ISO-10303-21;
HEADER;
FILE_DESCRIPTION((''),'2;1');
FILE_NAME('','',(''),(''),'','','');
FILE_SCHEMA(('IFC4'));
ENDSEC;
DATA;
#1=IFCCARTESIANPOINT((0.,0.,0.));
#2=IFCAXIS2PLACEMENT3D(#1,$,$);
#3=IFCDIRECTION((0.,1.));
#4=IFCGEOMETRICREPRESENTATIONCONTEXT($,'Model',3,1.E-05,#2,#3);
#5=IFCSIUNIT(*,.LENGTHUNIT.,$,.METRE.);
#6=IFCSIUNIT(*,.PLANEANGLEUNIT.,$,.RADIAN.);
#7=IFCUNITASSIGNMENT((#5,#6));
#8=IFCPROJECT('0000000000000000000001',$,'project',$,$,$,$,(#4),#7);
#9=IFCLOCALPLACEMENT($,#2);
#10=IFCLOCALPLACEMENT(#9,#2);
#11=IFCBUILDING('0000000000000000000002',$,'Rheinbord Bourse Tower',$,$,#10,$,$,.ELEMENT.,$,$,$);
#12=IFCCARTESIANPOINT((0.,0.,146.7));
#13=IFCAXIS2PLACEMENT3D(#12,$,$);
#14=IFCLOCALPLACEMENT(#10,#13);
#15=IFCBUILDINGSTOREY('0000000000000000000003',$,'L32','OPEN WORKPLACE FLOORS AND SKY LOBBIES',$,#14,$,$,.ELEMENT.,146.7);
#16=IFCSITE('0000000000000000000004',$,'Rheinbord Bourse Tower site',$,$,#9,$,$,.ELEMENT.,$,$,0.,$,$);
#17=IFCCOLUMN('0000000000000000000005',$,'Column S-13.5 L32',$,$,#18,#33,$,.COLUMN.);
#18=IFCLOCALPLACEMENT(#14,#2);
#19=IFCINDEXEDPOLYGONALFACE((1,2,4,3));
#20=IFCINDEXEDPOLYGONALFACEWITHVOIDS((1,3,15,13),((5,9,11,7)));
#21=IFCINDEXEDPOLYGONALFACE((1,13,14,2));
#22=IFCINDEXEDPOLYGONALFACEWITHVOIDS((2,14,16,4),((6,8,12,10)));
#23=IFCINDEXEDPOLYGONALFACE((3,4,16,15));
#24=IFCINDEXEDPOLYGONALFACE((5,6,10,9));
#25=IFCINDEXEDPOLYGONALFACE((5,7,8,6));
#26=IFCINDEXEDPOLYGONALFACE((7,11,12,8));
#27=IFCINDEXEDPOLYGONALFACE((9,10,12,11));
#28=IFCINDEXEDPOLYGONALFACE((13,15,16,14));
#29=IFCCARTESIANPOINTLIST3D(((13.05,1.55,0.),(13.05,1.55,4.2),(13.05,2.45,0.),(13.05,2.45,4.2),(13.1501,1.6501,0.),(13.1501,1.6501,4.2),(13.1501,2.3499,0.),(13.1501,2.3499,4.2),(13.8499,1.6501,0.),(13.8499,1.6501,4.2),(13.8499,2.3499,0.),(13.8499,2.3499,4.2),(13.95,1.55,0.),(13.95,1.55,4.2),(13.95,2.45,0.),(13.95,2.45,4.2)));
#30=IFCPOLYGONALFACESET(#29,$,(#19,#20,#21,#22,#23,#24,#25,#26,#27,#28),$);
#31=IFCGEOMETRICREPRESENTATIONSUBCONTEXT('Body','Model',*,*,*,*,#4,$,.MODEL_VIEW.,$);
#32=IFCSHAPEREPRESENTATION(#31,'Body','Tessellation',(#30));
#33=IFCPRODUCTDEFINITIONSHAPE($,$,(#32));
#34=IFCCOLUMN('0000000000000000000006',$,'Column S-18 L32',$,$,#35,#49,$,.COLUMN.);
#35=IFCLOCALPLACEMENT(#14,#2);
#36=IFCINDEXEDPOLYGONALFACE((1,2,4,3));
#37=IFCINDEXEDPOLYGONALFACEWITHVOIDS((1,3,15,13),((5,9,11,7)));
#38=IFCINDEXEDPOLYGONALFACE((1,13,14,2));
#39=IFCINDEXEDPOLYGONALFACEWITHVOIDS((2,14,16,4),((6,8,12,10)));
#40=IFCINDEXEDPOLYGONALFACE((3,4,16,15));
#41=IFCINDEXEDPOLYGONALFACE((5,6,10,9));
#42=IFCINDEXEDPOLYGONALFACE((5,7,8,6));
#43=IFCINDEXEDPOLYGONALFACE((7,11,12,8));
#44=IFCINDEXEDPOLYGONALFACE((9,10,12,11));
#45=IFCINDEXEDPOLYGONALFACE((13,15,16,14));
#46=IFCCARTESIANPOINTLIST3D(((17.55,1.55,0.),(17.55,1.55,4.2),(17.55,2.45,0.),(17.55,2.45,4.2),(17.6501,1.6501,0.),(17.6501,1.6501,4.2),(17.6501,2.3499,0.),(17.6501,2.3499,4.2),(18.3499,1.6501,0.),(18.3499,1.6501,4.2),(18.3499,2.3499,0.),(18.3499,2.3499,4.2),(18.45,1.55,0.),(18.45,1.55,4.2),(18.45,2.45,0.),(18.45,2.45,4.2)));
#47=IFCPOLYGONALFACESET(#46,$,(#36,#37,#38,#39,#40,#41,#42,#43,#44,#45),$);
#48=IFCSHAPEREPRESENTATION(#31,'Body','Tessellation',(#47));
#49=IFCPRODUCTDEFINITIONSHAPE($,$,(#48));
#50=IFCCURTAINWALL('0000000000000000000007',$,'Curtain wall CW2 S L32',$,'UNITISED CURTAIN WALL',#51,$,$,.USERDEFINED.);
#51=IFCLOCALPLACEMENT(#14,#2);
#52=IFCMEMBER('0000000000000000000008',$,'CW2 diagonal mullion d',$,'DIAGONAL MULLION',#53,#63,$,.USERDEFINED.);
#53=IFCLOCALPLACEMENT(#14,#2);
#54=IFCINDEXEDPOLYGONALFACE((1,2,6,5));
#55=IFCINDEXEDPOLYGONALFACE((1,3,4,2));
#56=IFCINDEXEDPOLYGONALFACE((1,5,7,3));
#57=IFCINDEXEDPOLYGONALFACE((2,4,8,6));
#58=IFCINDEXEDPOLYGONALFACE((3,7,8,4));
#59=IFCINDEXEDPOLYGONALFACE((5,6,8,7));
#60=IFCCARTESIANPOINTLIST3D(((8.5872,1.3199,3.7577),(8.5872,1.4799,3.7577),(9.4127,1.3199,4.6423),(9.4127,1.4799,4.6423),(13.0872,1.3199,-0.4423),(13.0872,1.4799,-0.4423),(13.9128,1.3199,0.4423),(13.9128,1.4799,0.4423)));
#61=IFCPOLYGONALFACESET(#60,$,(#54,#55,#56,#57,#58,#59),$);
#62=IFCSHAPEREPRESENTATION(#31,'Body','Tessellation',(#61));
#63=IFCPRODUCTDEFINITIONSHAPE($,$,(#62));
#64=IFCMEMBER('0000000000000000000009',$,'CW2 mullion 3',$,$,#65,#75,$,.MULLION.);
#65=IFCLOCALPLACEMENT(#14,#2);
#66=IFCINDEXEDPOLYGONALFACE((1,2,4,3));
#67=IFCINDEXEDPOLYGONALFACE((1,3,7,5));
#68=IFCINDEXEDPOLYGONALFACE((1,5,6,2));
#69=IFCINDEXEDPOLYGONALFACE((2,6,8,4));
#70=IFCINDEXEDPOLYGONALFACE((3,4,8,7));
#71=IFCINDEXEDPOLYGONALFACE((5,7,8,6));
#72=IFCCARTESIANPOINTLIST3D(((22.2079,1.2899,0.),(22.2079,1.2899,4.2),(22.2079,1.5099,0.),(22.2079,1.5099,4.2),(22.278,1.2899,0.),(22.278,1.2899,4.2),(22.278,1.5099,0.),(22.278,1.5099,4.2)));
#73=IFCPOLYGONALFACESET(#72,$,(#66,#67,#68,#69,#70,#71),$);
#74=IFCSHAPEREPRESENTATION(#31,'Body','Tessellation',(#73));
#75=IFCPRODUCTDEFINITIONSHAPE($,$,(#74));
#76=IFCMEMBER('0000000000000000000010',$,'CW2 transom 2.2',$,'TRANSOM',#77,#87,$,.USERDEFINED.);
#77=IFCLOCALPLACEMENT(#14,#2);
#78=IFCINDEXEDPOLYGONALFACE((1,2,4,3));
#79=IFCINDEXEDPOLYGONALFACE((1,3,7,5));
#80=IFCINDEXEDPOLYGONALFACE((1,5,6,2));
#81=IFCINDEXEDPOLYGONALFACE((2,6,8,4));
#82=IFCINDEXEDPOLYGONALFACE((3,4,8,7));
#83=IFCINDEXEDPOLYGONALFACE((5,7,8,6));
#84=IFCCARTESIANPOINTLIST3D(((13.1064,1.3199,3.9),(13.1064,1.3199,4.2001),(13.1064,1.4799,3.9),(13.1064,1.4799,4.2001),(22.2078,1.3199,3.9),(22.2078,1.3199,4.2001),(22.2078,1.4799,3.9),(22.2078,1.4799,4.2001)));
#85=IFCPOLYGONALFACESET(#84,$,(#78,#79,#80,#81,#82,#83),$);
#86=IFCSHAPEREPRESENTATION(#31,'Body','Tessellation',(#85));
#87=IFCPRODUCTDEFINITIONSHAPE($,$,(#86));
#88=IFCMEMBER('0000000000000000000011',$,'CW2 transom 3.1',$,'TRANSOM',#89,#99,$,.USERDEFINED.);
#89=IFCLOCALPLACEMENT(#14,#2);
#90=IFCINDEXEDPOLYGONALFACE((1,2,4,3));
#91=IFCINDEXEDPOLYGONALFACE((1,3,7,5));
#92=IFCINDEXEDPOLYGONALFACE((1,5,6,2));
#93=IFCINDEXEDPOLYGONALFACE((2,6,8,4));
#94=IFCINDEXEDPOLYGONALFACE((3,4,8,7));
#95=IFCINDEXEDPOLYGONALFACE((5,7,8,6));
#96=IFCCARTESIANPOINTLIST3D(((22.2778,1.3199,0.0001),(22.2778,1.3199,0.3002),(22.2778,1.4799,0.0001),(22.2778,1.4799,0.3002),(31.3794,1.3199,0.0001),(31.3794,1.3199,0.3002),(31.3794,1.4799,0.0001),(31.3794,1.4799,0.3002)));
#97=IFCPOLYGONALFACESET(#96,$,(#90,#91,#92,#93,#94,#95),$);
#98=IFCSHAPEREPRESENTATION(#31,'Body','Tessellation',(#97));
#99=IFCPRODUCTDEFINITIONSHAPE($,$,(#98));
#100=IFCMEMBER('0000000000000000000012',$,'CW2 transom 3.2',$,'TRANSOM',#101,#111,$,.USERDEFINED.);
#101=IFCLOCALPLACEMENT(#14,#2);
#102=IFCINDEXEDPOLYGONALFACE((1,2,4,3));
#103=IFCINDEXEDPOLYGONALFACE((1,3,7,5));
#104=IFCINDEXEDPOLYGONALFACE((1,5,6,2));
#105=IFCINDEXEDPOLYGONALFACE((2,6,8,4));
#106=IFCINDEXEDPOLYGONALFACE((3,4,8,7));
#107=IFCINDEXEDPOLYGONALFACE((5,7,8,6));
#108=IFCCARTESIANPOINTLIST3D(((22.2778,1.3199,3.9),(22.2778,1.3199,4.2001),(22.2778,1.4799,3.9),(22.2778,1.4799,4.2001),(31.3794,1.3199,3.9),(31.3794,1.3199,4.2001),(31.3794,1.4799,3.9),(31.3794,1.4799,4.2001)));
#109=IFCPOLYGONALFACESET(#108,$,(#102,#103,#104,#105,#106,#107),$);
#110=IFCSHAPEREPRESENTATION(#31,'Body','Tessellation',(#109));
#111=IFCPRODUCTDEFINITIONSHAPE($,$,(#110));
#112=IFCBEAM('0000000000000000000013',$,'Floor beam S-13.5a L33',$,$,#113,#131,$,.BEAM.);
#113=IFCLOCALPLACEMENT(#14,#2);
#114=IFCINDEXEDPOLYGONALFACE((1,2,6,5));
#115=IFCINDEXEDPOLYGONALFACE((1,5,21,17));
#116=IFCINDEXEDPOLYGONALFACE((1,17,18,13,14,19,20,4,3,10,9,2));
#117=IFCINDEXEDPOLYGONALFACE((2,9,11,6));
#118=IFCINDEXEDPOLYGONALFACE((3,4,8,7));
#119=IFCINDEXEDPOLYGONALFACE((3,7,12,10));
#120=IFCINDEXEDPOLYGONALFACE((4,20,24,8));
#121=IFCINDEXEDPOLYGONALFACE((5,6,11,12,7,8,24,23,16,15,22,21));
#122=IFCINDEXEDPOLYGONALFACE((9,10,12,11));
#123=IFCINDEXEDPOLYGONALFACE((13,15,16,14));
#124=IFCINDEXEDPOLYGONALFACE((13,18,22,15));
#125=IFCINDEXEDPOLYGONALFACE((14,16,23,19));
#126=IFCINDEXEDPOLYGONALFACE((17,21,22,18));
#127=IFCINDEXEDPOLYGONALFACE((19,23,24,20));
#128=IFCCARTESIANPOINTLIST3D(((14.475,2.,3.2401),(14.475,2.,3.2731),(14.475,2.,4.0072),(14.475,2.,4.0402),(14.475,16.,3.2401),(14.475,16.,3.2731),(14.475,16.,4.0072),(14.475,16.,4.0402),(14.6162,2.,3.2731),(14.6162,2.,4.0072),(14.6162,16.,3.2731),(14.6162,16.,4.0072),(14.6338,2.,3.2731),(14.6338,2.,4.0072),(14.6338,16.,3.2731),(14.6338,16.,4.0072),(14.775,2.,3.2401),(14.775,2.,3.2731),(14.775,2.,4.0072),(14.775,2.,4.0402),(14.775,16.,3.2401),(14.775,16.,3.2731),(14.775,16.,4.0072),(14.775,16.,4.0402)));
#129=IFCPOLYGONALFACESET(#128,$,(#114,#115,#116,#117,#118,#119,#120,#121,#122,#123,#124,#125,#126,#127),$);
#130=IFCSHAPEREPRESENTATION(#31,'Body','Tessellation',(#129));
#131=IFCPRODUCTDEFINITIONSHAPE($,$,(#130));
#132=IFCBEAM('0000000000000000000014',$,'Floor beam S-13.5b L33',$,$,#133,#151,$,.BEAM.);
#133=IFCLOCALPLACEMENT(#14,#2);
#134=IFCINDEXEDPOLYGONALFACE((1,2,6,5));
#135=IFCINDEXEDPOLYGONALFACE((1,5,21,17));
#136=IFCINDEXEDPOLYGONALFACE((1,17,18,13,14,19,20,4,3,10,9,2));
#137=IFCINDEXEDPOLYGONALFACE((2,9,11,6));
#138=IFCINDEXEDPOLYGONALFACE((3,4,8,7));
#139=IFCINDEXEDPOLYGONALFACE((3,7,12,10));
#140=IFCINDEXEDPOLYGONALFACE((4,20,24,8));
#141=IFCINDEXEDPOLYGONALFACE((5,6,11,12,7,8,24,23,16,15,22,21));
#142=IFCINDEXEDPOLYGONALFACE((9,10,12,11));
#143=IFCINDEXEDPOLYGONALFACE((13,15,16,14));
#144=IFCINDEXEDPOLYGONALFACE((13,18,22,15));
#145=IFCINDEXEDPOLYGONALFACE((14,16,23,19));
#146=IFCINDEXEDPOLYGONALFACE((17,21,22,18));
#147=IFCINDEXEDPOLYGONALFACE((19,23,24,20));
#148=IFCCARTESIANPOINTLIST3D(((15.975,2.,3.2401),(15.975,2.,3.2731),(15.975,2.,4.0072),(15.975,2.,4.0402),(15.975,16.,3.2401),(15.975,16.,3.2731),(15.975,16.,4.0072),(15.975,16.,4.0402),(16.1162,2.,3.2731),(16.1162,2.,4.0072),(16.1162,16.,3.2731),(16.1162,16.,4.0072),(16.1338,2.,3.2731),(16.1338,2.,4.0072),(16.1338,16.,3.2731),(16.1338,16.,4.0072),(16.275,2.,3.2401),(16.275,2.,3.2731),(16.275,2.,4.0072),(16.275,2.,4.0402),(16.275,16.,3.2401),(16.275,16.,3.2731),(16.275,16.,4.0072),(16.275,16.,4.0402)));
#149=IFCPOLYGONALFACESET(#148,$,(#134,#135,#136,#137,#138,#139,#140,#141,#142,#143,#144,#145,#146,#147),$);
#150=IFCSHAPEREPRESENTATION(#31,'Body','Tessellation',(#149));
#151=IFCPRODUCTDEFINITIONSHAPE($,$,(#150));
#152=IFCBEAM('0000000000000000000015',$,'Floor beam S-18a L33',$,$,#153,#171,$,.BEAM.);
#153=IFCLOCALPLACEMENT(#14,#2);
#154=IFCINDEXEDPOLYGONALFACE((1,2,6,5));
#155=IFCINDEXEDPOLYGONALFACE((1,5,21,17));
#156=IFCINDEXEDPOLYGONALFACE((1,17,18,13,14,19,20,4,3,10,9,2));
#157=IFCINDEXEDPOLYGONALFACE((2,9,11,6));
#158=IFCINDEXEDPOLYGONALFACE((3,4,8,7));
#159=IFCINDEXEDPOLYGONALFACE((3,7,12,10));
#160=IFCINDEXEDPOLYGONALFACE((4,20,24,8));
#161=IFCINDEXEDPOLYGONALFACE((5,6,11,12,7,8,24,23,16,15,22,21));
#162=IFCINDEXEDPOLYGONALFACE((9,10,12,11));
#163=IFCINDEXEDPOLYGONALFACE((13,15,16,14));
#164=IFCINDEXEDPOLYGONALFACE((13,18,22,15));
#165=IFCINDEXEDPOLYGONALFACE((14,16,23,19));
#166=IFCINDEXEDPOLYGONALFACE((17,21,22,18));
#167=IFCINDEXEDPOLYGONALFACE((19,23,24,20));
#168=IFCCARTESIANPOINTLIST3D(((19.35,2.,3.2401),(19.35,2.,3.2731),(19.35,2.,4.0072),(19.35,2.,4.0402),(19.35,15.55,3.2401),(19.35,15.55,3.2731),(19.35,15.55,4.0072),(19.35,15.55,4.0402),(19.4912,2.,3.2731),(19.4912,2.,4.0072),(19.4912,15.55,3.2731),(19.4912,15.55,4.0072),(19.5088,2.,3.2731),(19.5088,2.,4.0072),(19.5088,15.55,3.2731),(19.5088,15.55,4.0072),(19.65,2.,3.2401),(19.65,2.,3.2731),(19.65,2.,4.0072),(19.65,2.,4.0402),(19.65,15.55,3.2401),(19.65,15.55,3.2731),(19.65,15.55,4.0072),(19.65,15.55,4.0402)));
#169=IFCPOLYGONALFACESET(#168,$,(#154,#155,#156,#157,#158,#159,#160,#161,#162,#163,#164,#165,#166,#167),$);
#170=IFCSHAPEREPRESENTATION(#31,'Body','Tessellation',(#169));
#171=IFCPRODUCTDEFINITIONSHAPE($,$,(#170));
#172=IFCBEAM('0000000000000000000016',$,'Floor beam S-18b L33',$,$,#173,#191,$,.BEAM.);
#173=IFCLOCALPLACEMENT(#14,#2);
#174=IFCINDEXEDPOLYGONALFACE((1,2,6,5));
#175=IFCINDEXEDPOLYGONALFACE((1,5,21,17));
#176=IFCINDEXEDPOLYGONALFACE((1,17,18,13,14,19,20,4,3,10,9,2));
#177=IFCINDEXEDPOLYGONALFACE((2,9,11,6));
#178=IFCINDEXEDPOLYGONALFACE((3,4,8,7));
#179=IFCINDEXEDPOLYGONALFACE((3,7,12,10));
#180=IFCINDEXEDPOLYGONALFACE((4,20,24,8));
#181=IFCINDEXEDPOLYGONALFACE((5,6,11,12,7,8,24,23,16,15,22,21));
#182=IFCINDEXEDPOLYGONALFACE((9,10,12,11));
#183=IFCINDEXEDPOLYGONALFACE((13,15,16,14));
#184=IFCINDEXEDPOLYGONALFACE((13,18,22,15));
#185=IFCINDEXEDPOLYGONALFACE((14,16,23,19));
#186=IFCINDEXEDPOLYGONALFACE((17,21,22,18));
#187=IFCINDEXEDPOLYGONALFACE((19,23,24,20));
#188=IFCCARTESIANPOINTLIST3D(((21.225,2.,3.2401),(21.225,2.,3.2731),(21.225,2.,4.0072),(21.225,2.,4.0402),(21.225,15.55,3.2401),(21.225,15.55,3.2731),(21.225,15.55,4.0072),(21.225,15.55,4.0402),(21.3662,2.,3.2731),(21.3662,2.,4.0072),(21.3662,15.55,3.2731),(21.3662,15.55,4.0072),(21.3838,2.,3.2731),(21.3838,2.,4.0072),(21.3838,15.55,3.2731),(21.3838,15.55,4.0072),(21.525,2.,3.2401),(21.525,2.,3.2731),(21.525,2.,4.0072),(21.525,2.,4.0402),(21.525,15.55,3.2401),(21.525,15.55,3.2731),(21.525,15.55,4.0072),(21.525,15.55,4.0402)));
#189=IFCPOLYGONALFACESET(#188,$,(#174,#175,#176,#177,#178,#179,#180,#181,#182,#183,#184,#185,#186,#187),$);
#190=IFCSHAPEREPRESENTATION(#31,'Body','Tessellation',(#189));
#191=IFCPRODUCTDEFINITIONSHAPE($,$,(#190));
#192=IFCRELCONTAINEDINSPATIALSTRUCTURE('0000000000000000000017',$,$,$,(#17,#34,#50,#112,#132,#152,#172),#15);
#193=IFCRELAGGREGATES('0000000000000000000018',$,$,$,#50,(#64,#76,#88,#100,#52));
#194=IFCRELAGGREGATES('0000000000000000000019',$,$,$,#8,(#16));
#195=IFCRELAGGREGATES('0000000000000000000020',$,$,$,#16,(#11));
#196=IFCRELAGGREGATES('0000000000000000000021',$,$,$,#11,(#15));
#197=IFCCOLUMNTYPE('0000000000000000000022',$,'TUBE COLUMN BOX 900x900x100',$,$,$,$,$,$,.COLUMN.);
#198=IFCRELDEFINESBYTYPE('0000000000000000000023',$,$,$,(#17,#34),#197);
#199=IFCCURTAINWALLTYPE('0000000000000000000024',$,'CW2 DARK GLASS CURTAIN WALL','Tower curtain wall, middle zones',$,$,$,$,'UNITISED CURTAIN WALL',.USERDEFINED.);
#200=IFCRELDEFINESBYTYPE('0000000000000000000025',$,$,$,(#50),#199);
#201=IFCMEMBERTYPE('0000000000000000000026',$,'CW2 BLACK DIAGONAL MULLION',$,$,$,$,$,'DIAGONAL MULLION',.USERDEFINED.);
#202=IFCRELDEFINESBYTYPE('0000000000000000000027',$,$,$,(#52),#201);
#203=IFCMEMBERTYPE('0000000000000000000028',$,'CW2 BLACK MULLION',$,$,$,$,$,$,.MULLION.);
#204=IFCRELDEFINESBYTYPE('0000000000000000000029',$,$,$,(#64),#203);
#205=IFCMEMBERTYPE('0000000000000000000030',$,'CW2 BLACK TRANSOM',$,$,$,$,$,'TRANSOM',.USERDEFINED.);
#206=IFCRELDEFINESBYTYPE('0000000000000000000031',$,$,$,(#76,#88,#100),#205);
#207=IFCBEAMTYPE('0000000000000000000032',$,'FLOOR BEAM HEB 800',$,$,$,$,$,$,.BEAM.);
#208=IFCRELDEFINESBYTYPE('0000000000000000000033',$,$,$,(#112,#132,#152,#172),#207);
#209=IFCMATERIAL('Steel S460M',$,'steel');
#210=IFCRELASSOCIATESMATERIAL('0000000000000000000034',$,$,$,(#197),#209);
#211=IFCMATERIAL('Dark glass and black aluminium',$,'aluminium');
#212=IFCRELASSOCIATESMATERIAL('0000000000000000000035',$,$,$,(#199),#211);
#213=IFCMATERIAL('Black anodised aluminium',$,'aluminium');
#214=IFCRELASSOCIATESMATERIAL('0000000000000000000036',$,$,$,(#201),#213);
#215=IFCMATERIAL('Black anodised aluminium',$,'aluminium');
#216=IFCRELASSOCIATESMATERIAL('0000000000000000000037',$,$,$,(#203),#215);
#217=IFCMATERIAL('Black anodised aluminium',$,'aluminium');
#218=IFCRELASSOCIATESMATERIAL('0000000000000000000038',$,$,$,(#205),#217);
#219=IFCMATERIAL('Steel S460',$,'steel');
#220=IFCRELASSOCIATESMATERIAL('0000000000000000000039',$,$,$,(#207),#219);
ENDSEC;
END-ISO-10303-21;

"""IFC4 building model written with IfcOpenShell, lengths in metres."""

from ifc_helpers import new_model, si_unit, direction, frame, origin, origin_2d, place, context, subcontext, project, spatial, rectangle, hollow_rectangle, i_section, extrude, material, material_profile, profile_set, type_object, element, aggregate, save


model = new_model("IFC4")

# Units and contexts
model_context = context("Model", 3, precision=1e-05, world=origin(), true_north=direction((0.0, 1.0)))
body_context = subcontext(model_context, "Body", "Model", "MODEL_VIEW")
ifc_project = project(units=[si_unit("LENGTHUNIT", "METRE"), si_unit("PLANEANGLEUNIT", "RADIAN")], contexts=[model_context])

# Site, building, storey
site_placement = place(None, origin())
site = spatial("IfcSite", under=ifc_project, at=site_placement, Name="Rheinbord Bourse Tower site", CompositionType="ELEMENT", RefElevation=0.0)
building_placement = place(site_placement, origin())
building = spatial("IfcBuilding", under=site, at=building_placement, Name="Rheinbord Bourse Tower", CompositionType="ELEMENT")
storey_placement = place(building_placement, frame((0.0, 0.0, 146.7)))
storey = spatial("IfcBuildingStorey", under=building, at=storey_placement, Name="L32", Description="OPEN WORKPLACE FLOORS AND SKY LOBBIES", CompositionType="ELEMENT", Elevation=146.7)

# Columns
ifc_material_1 = material(Name="Steel S460M", Category="steel")
ifc_material_profile_1 = material_profile(ifc_material_1, hollow_rectangle(XDim=0.8999, YDim=0.8999, WallThickness=0.1001, at=origin_2d()), Name="BOX 900x900x100")
ifc_profile_set_1 = profile_set([ifc_material_profile_1], Name="Steel S460M")
column_type = type_object("IfcColumnType", Name="TUBE COLUMN BOX 900x900x100", PredefinedType="COLUMN", material=ifc_profile_set_1)
for number, where, z_axis, x_axis, name in (
    (1, (13.5, 2.0, 0.0), (0.0, 0.0, 1.0), (0.0, 1.0, 0.0), "Column S-13.5 L32"),
    (2, (18.0, 2.0, 0.0), (0.0, 0.0, 1.0), (0.0, 1.0, 0.0), "Column S-18 L32"),
):
    element("IfcColumn", number, at=place(storey_placement, frame(where, z_axis=z_axis, x_axis=x_axis)), inside=storey, type_object=column_type, Name=name, PredefinedType="COLUMN", context=body_context, shape_type="SweptSolid", body=[
        extrude(hollow_rectangle(XDim=0.8999, YDim=0.8999, WallThickness=0.1001, at=origin_2d()), origin(), (0.0, 0.0, 1.0), 4.2),
    ])

# Curtain wall, members
ifc_material_2 = material(Name="Dark glass and black aluminium", Category="aluminium")
curtain_wall_type = type_object("IfcCurtainWallType", Name="CW2 DARK GLASS CURTAIN WALL", Description="Tower curtain wall, middle zones", ElementType="UNITISED CURTAIN WALL", PredefinedType="USERDEFINED", material=ifc_material_2)
curtain_wall_placement = place(storey_placement, origin())
curtain_wall = element("IfcCurtainWall", 3, at=curtain_wall_placement, inside=storey, type_object=curtain_wall_type, Name="Curtain wall CW2 S L32", ObjectType="UNITISED CURTAIN WALL", PredefinedType="USERDEFINED")
ifc_material_3 = material(Name="Black anodised aluminium", Category="aluminium")
ifc_material_profile_2 = material_profile(ifc_material_3, rectangle(XDim=0.1599, YDim=1.21, at=origin_2d()), Name="CW2 DIAGONAL MULLION 1210x160")
ifc_profile_set_2 = profile_set([ifc_material_profile_2], Name="Black anodised aluminium")
member_type_1 = type_object("IfcMemberType", Name="CW2 BLACK DIAGONAL MULLION", ElementType="DIAGONAL MULLION", PredefinedType="USERDEFINED", material=ifc_profile_set_2)
member_1_placement = place(storey_placement, frame((13.5, 1.3999, 0.0), z_axis=(-0.731059, 0.0, 0.682314), x_axis=(0.0, -1.0, 0.0)))
member_1 = element("IfcMember", 4, at=member_1_placement, type_object=member_type_1, Name="CW2 diagonal mullion d", ObjectType="DIAGONAL MULLION", PredefinedType="USERDEFINED", context=body_context, shape_type="SweptSolid", body=[
    extrude(rectangle(XDim=0.1599, YDim=1.21, at=origin_2d()), origin(), (0.0, 0.0, 1.0), 6.1555),
])
ifc_material_4 = material(Name="Black anodised aluminium", Category="aluminium")
ifc_material_profile_3 = material_profile(ifc_material_4, rectangle(XDim=0.22, YDim=0.0701, at=origin_2d()), Name="CW2 MULLION 70x220")
ifc_profile_set_3 = profile_set([ifc_material_profile_3], Name="Black anodised aluminium")
member_type_2 = type_object("IfcMemberType", Name="CW2 BLACK MULLION", PredefinedType="MULLION", material=ifc_profile_set_3)
member_2_placement = place(storey_placement, frame((22.2429, 1.3999, 0.0), z_axis=(0.0, 0.0, 1.0), x_axis=(0.0, 1.0, 0.0)))
member_2 = element("IfcMember", 5, at=member_2_placement, type_object=member_type_2, Name="CW2 mullion 3", PredefinedType="MULLION", context=body_context, shape_type="SweptSolid", body=[
    extrude(rectangle(XDim=0.22, YDim=0.0701, at=origin_2d()), origin(), (0.0, 0.0, 1.0), 4.2),
])
ifc_material_5 = material(Name="Black anodised aluminium", Category="aluminium")
ifc_material_profile_4 = material_profile(ifc_material_5, rectangle(XDim=0.1599, YDim=0.3, at=origin_2d()), Name="CW2 TRANSOM 300x160")
ifc_profile_set_4 = profile_set([ifc_material_profile_4], Name="Black anodised aluminium")
member_type_3 = type_object("IfcMemberType", Name="CW2 BLACK TRANSOM", ElementType="TRANSOM", PredefinedType="USERDEFINED", material=ifc_profile_set_4)
member_3_placement = place(storey_placement, frame((13.1064, 1.3999, 4.05), z_axis=(1.0, 0.0, 0.0), x_axis=(0.0, 1.0, 0.0)))
member_3 = element("IfcMember", 6, at=member_3_placement, type_object=member_type_3, Name="CW2 transom 2.2", ObjectType="TRANSOM", PredefinedType="USERDEFINED", context=body_context, shape_type="SweptSolid", body=[
    extrude(rectangle(XDim=0.1599, YDim=0.3, at=origin_2d()), origin(), (0.0, 0.0, 1.0), 9.1013),
])
member_4_placement = place(storey_placement, frame((22.2778, 1.3999, 0.1501), z_axis=(1.0, 0.0, 0.0), x_axis=(0.0, 1.0, 0.0)))
member_4 = element("IfcMember", 7, at=member_4_placement, type_object=member_type_3, Name="CW2 transom 3.1", ObjectType="TRANSOM", PredefinedType="USERDEFINED", context=body_context, shape_type="SweptSolid", body=[
    extrude(rectangle(XDim=0.1599, YDim=0.3, at=origin_2d()), origin(), (0.0, 0.0, 1.0), 9.1016),
])
member_5_placement = place(storey_placement, frame((22.2778, 1.3999, 4.05), z_axis=(1.0, 0.0, 0.0), x_axis=(0.0, 1.0, 0.0)))
member_5 = element("IfcMember", 8, at=member_5_placement, type_object=member_type_3, Name="CW2 transom 3.2", ObjectType="TRANSOM", PredefinedType="USERDEFINED", context=body_context, shape_type="SweptSolid", body=[
    extrude(rectangle(XDim=0.1599, YDim=0.3, at=origin_2d()), origin(), (0.0, 0.0, 1.0), 9.1016),
])

# Beams
ifc_material_6 = material(Name="Steel S460", Category="steel")
ifc_material_profile_5 = material_profile(ifc_material_6, i_section(OverallWidth=0.3, OverallDepth=0.8, WebThickness=0.0176, FlangeThickness=0.033, at=origin_2d()), Name="HEB 800")
ifc_profile_set_5 = profile_set([ifc_material_profile_5], Name="Steel S460")
beam_type_1 = type_object("IfcBeamType", Name="FLOOR BEAM HEB 800", PredefinedType="BEAM", material=ifc_profile_set_5)
for number, where, z_axis, x_axis, name in (
    (9, (14.625, 2.0, 3.6401), (0.0, 1.0, 0.0), (-1.0, 0.0, 0.0), "Floor beam S-13.5a L33"),
    (10, (16.125, 2.0, 3.6401), (0.0, 1.0, 0.0), (-1.0, 0.0, 0.0), "Floor beam S-13.5b L33"),
):
    element("IfcBeam", number, at=place(storey_placement, frame(where, z_axis=z_axis, x_axis=x_axis)), inside=storey, type_object=beam_type_1, Name=name, PredefinedType="BEAM", context=body_context, shape_type="SweptSolid", body=[
        extrude(i_section(OverallWidth=0.3, OverallDepth=0.8, WebThickness=0.0176, FlangeThickness=0.033, at=origin_2d()), origin(), (0.0, 0.0, 1.0), 14.0),
    ])
for number, where, z_axis, x_axis, name in (
    (11, (19.5, 2.0, 3.6401), (0.0, 1.0, 0.0), (-1.0, 0.0, 0.0), "Floor beam S-18a L33"),
    (12, (21.375, 2.0, 3.6401), (0.0, 1.0, 0.0), (-1.0, 0.0, 0.0), "Floor beam S-18b L33"),
):
    element("IfcBeam", number, at=place(storey_placement, frame(where, z_axis=z_axis, x_axis=x_axis)), inside=storey, type_object=beam_type_1, Name=name, PredefinedType="BEAM", context=body_context, shape_type="SweptSolid", body=[
        extrude(i_section(OverallWidth=0.3, OverallDepth=0.8, WebThickness=0.0176, FlangeThickness=0.033, at=origin_2d()), origin(), (0.0, 0.0, 1.0), 13.55),
    ])

aggregate(curtain_wall, [member_2, member_3, member_4, member_5, member_1])

save(model, "model.ifc")
